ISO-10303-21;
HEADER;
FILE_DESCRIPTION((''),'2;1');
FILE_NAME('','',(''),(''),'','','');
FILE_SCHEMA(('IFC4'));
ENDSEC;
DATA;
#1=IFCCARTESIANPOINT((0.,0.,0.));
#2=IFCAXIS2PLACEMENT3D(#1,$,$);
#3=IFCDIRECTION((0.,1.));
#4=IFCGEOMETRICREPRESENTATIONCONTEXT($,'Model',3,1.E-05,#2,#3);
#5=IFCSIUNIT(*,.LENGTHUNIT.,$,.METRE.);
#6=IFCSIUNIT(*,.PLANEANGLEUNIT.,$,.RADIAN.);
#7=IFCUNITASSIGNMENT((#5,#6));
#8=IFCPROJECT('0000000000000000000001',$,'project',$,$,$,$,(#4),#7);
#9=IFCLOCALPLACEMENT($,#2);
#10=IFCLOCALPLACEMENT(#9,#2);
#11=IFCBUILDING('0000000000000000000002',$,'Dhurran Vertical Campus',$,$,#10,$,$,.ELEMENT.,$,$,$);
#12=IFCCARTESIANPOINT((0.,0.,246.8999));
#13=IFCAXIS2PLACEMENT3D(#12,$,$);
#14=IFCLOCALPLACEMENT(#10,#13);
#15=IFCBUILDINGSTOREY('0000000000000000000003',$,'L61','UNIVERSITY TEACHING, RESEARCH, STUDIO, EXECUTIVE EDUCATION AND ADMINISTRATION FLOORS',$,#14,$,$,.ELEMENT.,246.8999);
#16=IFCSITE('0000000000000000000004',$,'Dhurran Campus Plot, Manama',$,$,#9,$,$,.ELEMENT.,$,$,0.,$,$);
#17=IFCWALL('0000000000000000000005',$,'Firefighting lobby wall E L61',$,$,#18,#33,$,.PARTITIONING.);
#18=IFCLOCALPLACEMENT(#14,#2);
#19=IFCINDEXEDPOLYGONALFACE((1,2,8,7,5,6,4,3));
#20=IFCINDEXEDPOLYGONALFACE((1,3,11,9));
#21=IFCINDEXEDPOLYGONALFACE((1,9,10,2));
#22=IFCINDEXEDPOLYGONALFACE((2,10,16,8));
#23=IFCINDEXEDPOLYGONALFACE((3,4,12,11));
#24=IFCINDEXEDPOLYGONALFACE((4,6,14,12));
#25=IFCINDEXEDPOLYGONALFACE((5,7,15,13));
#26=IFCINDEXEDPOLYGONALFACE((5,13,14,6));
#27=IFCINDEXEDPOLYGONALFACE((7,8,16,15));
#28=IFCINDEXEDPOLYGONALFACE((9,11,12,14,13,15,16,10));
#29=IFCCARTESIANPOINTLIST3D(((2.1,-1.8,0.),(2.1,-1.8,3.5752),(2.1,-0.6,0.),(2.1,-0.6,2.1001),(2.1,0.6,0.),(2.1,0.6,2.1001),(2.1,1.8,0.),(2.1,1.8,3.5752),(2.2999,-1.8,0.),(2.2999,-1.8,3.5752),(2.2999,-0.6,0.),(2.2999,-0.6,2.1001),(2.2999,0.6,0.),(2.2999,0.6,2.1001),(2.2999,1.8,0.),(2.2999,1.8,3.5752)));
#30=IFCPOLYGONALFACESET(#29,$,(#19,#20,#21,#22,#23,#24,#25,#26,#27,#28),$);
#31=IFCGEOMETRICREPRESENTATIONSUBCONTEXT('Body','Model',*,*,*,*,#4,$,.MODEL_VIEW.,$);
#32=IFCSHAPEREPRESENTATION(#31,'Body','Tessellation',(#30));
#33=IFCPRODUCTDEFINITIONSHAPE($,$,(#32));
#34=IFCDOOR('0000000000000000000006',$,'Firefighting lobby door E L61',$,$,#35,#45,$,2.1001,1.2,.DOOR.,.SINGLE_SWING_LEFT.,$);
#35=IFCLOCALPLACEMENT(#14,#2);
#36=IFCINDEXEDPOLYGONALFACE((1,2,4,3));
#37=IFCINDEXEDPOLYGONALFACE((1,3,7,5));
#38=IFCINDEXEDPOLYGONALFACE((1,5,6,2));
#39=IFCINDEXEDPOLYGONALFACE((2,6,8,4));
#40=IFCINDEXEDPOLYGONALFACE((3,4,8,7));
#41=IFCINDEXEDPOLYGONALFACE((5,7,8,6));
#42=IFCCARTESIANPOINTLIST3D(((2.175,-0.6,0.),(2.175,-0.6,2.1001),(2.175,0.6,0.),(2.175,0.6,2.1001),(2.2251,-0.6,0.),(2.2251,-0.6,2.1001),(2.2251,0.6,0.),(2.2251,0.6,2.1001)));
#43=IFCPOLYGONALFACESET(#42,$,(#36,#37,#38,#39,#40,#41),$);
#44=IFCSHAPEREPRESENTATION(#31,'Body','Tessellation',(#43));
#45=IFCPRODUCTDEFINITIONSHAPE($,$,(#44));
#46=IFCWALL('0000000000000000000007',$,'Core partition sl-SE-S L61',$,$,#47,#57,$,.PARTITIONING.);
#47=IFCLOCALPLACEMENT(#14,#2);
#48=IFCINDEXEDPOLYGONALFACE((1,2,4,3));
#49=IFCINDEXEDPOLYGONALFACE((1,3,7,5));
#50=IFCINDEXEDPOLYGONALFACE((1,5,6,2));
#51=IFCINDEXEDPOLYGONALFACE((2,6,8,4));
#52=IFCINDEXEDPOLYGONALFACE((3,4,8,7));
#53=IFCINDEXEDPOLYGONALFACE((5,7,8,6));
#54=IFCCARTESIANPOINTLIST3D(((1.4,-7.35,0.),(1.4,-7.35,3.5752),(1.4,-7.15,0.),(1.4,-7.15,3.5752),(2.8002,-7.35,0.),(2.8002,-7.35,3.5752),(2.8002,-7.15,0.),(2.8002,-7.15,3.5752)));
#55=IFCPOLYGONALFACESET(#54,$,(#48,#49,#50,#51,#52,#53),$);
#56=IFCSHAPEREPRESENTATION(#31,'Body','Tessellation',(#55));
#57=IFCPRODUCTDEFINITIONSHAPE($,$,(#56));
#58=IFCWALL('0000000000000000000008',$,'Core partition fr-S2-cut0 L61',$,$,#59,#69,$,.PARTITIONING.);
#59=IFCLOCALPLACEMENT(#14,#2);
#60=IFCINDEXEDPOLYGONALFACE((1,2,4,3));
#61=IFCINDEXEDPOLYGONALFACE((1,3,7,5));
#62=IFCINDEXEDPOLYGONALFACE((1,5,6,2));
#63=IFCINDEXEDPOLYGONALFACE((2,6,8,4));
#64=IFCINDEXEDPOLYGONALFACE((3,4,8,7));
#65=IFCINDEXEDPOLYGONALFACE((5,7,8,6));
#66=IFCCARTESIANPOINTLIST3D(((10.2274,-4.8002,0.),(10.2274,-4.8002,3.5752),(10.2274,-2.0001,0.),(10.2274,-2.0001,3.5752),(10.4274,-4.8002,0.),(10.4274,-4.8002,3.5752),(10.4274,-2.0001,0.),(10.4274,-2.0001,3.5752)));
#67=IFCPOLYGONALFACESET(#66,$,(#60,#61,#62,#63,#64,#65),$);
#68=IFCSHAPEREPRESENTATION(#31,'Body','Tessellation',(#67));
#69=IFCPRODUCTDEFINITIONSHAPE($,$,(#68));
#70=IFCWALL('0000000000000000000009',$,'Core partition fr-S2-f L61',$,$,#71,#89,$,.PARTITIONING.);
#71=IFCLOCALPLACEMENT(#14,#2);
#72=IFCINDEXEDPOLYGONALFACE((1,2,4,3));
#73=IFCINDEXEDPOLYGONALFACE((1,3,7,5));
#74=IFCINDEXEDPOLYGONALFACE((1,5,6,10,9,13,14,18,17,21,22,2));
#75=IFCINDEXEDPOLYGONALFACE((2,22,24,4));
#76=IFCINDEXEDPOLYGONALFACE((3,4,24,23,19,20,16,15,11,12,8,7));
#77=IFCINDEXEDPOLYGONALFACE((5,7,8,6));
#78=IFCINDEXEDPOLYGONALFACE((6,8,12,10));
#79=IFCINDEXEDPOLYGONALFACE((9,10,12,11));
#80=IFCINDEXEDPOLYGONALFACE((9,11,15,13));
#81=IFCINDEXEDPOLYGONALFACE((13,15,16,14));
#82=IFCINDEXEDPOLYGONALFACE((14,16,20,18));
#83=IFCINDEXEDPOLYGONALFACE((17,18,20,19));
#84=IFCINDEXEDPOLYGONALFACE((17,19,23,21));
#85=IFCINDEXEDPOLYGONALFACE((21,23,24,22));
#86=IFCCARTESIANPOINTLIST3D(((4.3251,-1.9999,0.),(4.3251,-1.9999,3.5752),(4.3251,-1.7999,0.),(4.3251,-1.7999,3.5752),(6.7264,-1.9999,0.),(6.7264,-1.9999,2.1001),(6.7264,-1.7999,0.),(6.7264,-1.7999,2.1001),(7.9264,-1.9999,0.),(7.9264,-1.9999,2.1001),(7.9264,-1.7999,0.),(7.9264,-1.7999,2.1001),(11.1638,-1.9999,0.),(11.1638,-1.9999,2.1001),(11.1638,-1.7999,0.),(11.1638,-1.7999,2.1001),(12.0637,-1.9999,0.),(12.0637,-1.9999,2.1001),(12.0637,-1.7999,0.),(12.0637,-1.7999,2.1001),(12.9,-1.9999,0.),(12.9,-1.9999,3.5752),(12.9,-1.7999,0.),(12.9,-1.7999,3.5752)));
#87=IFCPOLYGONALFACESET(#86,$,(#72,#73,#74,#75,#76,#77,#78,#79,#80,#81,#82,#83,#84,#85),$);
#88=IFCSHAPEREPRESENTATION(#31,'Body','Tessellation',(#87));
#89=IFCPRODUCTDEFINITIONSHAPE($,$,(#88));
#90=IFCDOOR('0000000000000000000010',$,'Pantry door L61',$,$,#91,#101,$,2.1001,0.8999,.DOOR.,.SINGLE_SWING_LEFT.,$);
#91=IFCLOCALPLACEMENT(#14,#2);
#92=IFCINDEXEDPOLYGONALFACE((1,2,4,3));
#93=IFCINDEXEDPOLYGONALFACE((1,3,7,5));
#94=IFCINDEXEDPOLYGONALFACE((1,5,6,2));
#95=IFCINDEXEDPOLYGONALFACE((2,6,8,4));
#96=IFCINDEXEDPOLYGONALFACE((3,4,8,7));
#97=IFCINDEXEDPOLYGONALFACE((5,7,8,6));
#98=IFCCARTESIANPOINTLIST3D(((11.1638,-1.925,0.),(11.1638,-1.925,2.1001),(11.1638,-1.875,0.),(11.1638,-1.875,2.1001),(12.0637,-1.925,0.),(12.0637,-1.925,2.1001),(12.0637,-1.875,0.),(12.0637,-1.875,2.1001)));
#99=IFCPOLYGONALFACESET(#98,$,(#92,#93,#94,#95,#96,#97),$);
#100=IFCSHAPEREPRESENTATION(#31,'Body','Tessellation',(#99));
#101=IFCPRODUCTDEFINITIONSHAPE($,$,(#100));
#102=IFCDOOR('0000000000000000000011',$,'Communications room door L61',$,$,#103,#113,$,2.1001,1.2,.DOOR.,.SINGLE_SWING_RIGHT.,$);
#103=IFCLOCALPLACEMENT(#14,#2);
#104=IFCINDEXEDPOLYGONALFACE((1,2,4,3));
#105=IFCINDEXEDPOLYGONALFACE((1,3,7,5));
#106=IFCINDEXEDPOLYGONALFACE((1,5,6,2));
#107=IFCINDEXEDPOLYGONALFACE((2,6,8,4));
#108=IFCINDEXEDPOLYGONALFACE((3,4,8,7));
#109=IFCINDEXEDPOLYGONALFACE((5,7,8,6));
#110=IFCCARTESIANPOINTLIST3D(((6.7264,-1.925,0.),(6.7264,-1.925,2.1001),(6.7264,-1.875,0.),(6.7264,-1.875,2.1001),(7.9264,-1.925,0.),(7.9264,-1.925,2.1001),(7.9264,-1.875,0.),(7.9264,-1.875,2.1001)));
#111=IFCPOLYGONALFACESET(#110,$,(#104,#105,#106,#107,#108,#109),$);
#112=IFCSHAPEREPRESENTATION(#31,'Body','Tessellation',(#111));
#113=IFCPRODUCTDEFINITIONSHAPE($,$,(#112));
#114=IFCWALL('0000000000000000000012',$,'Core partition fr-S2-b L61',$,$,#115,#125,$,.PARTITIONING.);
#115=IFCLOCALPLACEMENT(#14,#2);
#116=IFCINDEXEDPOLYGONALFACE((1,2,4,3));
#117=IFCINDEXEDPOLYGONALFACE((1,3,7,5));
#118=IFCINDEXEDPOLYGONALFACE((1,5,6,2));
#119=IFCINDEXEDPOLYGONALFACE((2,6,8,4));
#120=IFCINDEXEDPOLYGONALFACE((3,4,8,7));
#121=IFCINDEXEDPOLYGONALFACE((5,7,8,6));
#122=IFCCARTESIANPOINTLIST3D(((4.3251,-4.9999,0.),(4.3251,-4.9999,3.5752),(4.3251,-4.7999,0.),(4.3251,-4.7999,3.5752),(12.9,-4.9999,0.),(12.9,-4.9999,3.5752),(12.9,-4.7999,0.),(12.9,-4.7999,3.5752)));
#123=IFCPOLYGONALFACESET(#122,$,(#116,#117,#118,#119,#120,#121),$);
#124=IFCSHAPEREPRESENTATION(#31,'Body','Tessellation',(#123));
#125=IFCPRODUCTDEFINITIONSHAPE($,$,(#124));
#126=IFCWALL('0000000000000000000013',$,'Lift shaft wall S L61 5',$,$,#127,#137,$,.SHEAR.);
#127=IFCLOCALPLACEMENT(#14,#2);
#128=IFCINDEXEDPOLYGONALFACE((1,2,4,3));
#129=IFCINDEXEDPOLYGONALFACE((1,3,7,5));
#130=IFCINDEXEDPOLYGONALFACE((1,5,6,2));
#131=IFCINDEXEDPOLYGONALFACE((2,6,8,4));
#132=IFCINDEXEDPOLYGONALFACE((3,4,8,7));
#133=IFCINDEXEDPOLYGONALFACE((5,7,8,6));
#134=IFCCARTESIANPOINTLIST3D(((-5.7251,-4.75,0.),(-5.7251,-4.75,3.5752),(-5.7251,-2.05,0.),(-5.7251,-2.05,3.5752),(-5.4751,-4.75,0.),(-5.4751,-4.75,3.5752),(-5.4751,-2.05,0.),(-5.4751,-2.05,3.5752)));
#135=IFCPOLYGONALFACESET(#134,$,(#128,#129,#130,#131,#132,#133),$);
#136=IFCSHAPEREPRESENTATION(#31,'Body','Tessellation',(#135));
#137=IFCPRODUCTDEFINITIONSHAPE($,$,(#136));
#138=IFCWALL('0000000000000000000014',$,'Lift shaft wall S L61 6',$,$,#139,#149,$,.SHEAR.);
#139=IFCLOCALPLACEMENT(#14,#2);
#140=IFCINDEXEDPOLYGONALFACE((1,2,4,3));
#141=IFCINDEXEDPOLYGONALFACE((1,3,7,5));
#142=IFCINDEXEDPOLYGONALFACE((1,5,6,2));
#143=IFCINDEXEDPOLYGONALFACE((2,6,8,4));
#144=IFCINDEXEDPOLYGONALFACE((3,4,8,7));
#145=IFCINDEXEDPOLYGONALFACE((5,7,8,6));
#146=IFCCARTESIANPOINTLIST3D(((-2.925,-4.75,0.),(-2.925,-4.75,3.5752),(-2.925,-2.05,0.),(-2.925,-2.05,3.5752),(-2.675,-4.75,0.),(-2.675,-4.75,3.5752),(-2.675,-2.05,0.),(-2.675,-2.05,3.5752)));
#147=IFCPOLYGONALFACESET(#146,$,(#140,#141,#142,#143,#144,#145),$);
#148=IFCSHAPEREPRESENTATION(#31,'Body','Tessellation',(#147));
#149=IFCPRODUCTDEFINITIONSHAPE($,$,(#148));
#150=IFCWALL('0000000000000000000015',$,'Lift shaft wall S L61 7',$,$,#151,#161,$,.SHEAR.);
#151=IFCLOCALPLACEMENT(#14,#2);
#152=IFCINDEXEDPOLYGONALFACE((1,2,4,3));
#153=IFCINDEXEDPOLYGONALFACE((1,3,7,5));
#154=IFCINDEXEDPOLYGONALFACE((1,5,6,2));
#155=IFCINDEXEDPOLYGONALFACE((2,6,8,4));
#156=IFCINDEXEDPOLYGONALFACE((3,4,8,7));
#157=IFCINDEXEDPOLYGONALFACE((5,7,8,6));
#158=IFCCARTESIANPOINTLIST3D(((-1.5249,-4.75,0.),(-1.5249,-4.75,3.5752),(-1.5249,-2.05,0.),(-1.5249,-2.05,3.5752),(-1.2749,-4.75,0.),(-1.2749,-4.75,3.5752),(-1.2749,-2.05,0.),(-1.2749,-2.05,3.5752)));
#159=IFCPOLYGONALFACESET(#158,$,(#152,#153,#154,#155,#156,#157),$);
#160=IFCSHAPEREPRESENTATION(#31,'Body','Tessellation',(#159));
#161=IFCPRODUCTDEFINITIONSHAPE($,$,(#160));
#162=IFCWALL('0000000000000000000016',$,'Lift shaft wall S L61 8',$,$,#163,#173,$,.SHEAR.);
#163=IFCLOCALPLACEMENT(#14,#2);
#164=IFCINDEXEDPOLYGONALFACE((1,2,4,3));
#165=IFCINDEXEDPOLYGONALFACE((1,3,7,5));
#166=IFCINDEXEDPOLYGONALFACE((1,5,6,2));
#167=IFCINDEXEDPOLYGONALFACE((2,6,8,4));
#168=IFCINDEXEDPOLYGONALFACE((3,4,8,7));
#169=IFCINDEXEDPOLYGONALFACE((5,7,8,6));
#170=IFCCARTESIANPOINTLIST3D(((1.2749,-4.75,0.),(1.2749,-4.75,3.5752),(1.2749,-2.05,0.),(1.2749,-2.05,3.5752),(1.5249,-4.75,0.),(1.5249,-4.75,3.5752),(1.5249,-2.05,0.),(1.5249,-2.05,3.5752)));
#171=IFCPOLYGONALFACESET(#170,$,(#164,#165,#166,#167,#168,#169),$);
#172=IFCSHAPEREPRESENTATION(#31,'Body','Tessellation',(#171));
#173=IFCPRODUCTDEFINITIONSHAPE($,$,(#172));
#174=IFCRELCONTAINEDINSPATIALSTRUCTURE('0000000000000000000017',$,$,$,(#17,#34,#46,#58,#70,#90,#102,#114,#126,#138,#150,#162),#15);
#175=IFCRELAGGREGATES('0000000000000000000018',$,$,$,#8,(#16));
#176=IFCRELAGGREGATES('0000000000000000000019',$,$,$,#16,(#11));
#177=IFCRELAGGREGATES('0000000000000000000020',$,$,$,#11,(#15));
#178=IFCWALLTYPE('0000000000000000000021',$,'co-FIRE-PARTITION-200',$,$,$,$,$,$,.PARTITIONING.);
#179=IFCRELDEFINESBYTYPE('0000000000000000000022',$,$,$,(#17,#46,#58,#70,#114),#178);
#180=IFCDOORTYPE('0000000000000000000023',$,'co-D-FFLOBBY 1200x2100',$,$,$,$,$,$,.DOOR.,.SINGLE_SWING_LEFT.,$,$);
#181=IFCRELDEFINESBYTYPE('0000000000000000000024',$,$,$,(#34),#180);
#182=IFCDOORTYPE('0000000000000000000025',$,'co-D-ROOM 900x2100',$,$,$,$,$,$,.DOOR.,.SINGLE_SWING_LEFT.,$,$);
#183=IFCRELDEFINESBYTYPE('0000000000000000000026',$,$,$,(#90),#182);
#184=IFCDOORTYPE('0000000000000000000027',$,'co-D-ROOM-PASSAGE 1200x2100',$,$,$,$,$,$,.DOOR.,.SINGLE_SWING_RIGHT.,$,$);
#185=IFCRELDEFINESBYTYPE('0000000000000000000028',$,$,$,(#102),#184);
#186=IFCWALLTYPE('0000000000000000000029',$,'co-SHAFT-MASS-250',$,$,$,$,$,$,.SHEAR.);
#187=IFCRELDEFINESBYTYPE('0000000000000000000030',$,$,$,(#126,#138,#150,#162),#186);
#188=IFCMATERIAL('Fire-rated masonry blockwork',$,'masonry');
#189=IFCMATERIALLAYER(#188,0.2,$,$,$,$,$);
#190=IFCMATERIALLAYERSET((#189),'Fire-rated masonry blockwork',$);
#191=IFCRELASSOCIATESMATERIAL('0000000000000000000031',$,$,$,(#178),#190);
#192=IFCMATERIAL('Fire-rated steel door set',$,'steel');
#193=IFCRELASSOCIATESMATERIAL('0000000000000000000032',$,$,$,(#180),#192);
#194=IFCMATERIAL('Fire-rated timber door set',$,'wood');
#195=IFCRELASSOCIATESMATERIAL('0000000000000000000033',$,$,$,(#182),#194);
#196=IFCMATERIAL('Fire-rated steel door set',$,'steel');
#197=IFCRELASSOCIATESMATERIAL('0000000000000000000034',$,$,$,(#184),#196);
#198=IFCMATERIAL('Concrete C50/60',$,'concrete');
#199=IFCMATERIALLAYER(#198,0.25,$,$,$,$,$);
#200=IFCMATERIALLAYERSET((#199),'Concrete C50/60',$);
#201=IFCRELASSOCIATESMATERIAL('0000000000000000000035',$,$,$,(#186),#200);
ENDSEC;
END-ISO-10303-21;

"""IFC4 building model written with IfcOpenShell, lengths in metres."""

from ifc_helpers import new_model, si_unit, direction, frame, frame_2d, origin, place, context, subcontext, project, spatial, polyline, rectangle, outline, extrude, material, layer, layer_set, type_object, element, fill, save


model = new_model("IFC4")

# Units and contexts
model_context = context("Model", 3, precision=1e-05, world=origin(), true_north=direction((0.0, 1.0)))
body_context = subcontext(model_context, "Body", "Model", "MODEL_VIEW")
ifc_project = project(units=[si_unit("LENGTHUNIT", "METRE"), si_unit("PLANEANGLEUNIT", "RADIAN")], contexts=[model_context])

# Site, building, storey
site_placement = place(None, origin())
site = spatial("IfcSite", under=ifc_project, at=site_placement, Name="Dhurran Campus Plot, Manama", CompositionType="ELEMENT", RefElevation=0.0)
building_placement = place(site_placement, origin())
building = spatial("IfcBuilding", under=site, at=building_placement, Name="Dhurran Vertical Campus", CompositionType="ELEMENT")
storey_placement = place(building_placement, frame((0.0, 0.0, 246.8999)))
storey = spatial("IfcBuildingStorey", under=building, at=storey_placement, Name="L61", Description="UNIVERSITY TEACHING, RESEARCH, STUDIO, EXECUTIVE EDUCATION AND ADMINISTRATION FLOORS", CompositionType="ELEMENT", Elevation=246.8999)

# Wall, opening, door
ifc_material_1 = material(Name="Fire-rated masonry blockwork", Category="masonry")
ifc_layer_1 = layer(ifc_material_1, 0.2)
ifc_layer_set_1 = layer_set([ifc_layer_1], Name="Fire-rated masonry blockwork")
wall_type_1 = type_object("IfcWallType", Name="co-FIRE-PARTITION-200", PredefinedType="PARTITIONING", material=ifc_layer_set_1)
wall_1_placement = place(storey_placement, frame((2.2, -1.8, 0.0), z_axis=(0.0, 0.0, 1.0), x_axis=(0.0, 1.0, 0.0)))
wall_1 = element("IfcWall", 1, at=wall_1_placement, inside=storey, type_object=wall_type_1, Name="Firefighting lobby wall E L61", PredefinedType="PARTITIONING", context=body_context, shape_type="SweptSolid", body=[
    extrude(rectangle(XDim=3.6001, YDim=0.2, at=frame_2d((1.8, 0.0))), origin(), (0.0, 0.0, 1.0), 3.5752),
])
opening_1_placement = place(wall_1_placement, frame((1.2, 0.0, 0.0)))
opening_1 = element("IfcOpeningElement", 2, at=opening_1_placement, cuts=wall_1, PredefinedType="OPENING", context=body_context, shape_type="SweptSolid", body=[
    extrude(rectangle(XDim=1.2, YDim=2.1001, at=frame_2d((0.6001, 1.05))), frame((0.0, 0.1099, 0.0), z_axis=(0.0, -1.0, 0.0), x_axis=(1.0, 0.0, 0.0)), (0.0, 0.0, 1.0), 0.22),
])
ifc_material_2 = material(Name="Fire-rated steel door set", Category="steel")
door_type_1 = type_object("IfcDoorType", Name="co-D-FFLOBBY 1200x2100", OperationType="SINGLE_SWING_LEFT", PredefinedType="DOOR", material=ifc_material_2)
door_1_placement = place(opening_1_placement, origin())
door_1 = element("IfcDoor", 3, at=door_1_placement, inside=storey, type_object=door_type_1, Name="Firefighting lobby door E L61", OperationType="SINGLE_SWING_LEFT", OverallHeight=2.1001, OverallWidth=1.2, PredefinedType="DOOR", context=body_context, shape_type="SweptSolid", body=[
    extrude(rectangle(XDim=1.2, YDim=2.1001, at=frame_2d((0.6001, 1.05))), frame((0.0, 0.0249, 0.0), z_axis=(0.0, -1.0, 0.0), x_axis=(1.0, 0.0, 0.0)), (0.0, 0.0, 1.0), 0.05),
])
fill(opening_1, door_1)

# Walls
wall_2_placement = place(storey_placement, frame((1.3999, -7.25, 0.0), z_axis=(0.0, 0.0, 1.0), x_axis=(1.0, 0.0, 0.0)))
element("IfcWall", 4, at=wall_2_placement, inside=storey, type_object=wall_type_1, Name="Core partition sl-SE-S L61", PredefinedType="PARTITIONING", context=body_context, shape_type="SweptSolid", body=[
    extrude(rectangle(XDim=1.4001, YDim=0.2, at=frame_2d((0.7002, 0.0))), origin(), (0.0, 0.0, 1.0), 3.5752),
])
wall_3_placement = place(storey_placement, frame((10.3274, -4.8, 0.0), z_axis=(0.0, 0.0, 1.0), x_axis=(0.0, 1.0, 0.0)))
element("IfcWall", 5, at=wall_3_placement, inside=storey, type_object=wall_type_1, Name="Core partition fr-S2-cut0 L61", PredefinedType="PARTITIONING", context=body_context, shape_type="SweptSolid", body=[
    extrude(rectangle(XDim=2.8, YDim=0.2, at=frame_2d((1.3999, 0.0))), origin(), (0.0, 0.0, 1.0), 3.5752),
])

# Wall, openings, doors
wall_4_placement = place(storey_placement, frame((4.325, -1.8999, 0.0), z_axis=(0.0, 0.0, 1.0), x_axis=(1.0, 0.0, 0.0)))
wall_4 = element("IfcWall", 6, at=wall_4_placement, inside=storey, type_object=wall_type_1, Name="Core partition fr-S2-f L61", PredefinedType="PARTITIONING", context=body_context, shape_type="SweptSolid", body=[
    extrude(rectangle(XDim=8.575, YDim=0.2, at=frame_2d((4.2876, 0.0))), origin(), (0.0, 0.0, 1.0), 3.5752),
])
opening_2_placement = place(wall_4_placement, frame((2.4014, 0.0, 0.0)))
opening_2 = element("IfcOpeningElement", 7, at=opening_2_placement, cuts=wall_4, PredefinedType="OPENING", context=body_context, shape_type="SweptSolid", body=[
    extrude(rectangle(XDim=1.2, YDim=2.1001, at=frame_2d((0.6001, 1.05))), frame((0.0, 0.1099, 0.0), z_axis=(0.0, -1.0, 0.0), x_axis=(1.0, 0.0, 0.0)), (0.0, 0.0, 1.0), 0.22),
])
opening_3_placement = place(wall_4_placement, frame((6.8389, 0.0, 0.0)))
opening_3 = element("IfcOpeningElement", 8, at=opening_3_placement, cuts=wall_4, PredefinedType="OPENING", context=body_context, shape_type="SweptSolid", body=[
    extrude(rectangle(XDim=0.8999, YDim=2.1001, at=frame_2d((0.45, 1.05))), frame((0.0, 0.1099, 0.0), z_axis=(0.0, -1.0, 0.0), x_axis=(1.0, 0.0, 0.0)), (0.0, 0.0, 1.0), 0.22),
])
ifc_material_3 = material(Name="Fire-rated timber door set", Category="wood")
door_type_2 = type_object("IfcDoorType", Name="co-D-ROOM 900x2100", OperationType="SINGLE_SWING_LEFT", PredefinedType="DOOR", material=ifc_material_3)
door_2_placement = place(opening_3_placement, origin())
door_2 = element("IfcDoor", 9, at=door_2_placement, inside=storey, type_object=door_type_2, Name="Pantry door L61", OperationType="SINGLE_SWING_LEFT", OverallHeight=2.1001, OverallWidth=0.8999, PredefinedType="DOOR", context=body_context, shape_type="SweptSolid", body=[
    extrude(rectangle(XDim=0.8999, YDim=2.1001, at=frame_2d((0.45, 1.05))), frame((0.0, 0.0249, 0.0), z_axis=(0.0, -1.0, 0.0), x_axis=(1.0, 0.0, 0.0)), (0.0, 0.0, 1.0), 0.05),
])
fill(opening_3, door_2)
ifc_material_4 = material(Name="Fire-rated steel door set", Category="steel")
door_type_3 = type_object("IfcDoorType", Name="co-D-ROOM-PASSAGE 1200x2100", OperationType="SINGLE_SWING_RIGHT", PredefinedType="DOOR", material=ifc_material_4)
door_3_placement = place(opening_2_placement, origin())
door_3 = element("IfcDoor", 10, at=door_3_placement, inside=storey, type_object=door_type_3, Name="Communications room door L61", OperationType="SINGLE_SWING_RIGHT", OverallHeight=2.1001, OverallWidth=1.2, PredefinedType="DOOR", context=body_context, shape_type="SweptSolid", body=[
    extrude(rectangle(XDim=1.2, YDim=2.1001, at=frame_2d((0.6001, 1.05))), frame((0.0, 0.0249, 0.0), z_axis=(0.0, -1.0, 0.0), x_axis=(1.0, 0.0, 0.0)), (0.0, 0.0, 1.0), 0.05),
])
fill(opening_2, door_3)

# Walls
wall_5_placement = place(storey_placement, frame((4.325, -4.8999, 0.0), z_axis=(0.0, 0.0, 1.0), x_axis=(1.0, 0.0, 0.0)))
element("IfcWall", 11, at=wall_5_placement, inside=storey, type_object=wall_type_1, Name="Core partition fr-S2-b L61", PredefinedType="PARTITIONING", context=body_context, shape_type="SweptSolid", body=[
    extrude(rectangle(XDim=8.575, YDim=0.2, at=frame_2d((4.2876, 0.0))), origin(), (0.0, 0.0, 1.0), 3.5752),
])
ifc_material_5 = material(Name="Concrete C50/60", Category="concrete")
ifc_layer_2 = layer(ifc_material_5, 0.25)
ifc_layer_set_2 = layer_set([ifc_layer_2], Name="Concrete C50/60")
wall_type_2 = type_object("IfcWallType", Name="co-SHAFT-MASS-250", PredefinedType="SHEAR", material=ifc_layer_set_2)
wall_6_placement = place(storey_placement, origin())
element("IfcWall", 12, at=wall_6_placement, inside=storey, type_object=wall_type_2, Name="Lift shaft wall S L61 5", PredefinedType="SHEAR", context=body_context, shape_type="SweptSolid", body=[
    extrude(outline(polyline([(-5.7251, -4.75), (-5.4751, -4.75), (-5.4751, -2.05), (-5.7251, -2.05), (-5.7251, -4.75)])), origin(), (0.0, 0.0, 1.0), 3.5752),
])
wall_7_placement = place(storey_placement, origin())
element("IfcWall", 13, at=wall_7_placement, inside=storey, type_object=wall_type_2, Name="Lift shaft wall S L61 6", PredefinedType="SHEAR", context=body_context, shape_type="SweptSolid", body=[
    extrude(outline(polyline([(-2.925, -4.75), (-2.675, -4.75), (-2.675, -2.05), (-2.925, -2.05), (-2.925, -4.75)])), origin(), (0.0, 0.0, 1.0), 3.5752),
])
wall_8_placement = place(storey_placement, origin())
element("IfcWall", 14, at=wall_8_placement, inside=storey, type_object=wall_type_2, Name="Lift shaft wall S L61 7", PredefinedType="SHEAR", context=body_context, shape_type="SweptSolid", body=[
    extrude(outline(polyline([(-1.5249, -4.75), (-1.2749, -4.75), (-1.2749, -2.05), (-1.5249, -2.05), (-1.5249, -4.75)])), origin(), (0.0, 0.0, 1.0), 3.5752),
])
wall_9_placement = place(storey_placement, origin())
element("IfcWall", 15, at=wall_9_placement, inside=storey, type_object=wall_type_2, Name="Lift shaft wall S L61 8", PredefinedType="SHEAR", context=body_context, shape_type="SweptSolid", body=[
    extrude(outline(polyline([(1.2749, -4.75), (1.5249, -4.75), (1.5249, -2.05), (1.2749, -2.05), (1.2749, -4.75)])), origin(), (0.0, 0.0, 1.0), 3.5752),
])

save(model, "model.ifc")
